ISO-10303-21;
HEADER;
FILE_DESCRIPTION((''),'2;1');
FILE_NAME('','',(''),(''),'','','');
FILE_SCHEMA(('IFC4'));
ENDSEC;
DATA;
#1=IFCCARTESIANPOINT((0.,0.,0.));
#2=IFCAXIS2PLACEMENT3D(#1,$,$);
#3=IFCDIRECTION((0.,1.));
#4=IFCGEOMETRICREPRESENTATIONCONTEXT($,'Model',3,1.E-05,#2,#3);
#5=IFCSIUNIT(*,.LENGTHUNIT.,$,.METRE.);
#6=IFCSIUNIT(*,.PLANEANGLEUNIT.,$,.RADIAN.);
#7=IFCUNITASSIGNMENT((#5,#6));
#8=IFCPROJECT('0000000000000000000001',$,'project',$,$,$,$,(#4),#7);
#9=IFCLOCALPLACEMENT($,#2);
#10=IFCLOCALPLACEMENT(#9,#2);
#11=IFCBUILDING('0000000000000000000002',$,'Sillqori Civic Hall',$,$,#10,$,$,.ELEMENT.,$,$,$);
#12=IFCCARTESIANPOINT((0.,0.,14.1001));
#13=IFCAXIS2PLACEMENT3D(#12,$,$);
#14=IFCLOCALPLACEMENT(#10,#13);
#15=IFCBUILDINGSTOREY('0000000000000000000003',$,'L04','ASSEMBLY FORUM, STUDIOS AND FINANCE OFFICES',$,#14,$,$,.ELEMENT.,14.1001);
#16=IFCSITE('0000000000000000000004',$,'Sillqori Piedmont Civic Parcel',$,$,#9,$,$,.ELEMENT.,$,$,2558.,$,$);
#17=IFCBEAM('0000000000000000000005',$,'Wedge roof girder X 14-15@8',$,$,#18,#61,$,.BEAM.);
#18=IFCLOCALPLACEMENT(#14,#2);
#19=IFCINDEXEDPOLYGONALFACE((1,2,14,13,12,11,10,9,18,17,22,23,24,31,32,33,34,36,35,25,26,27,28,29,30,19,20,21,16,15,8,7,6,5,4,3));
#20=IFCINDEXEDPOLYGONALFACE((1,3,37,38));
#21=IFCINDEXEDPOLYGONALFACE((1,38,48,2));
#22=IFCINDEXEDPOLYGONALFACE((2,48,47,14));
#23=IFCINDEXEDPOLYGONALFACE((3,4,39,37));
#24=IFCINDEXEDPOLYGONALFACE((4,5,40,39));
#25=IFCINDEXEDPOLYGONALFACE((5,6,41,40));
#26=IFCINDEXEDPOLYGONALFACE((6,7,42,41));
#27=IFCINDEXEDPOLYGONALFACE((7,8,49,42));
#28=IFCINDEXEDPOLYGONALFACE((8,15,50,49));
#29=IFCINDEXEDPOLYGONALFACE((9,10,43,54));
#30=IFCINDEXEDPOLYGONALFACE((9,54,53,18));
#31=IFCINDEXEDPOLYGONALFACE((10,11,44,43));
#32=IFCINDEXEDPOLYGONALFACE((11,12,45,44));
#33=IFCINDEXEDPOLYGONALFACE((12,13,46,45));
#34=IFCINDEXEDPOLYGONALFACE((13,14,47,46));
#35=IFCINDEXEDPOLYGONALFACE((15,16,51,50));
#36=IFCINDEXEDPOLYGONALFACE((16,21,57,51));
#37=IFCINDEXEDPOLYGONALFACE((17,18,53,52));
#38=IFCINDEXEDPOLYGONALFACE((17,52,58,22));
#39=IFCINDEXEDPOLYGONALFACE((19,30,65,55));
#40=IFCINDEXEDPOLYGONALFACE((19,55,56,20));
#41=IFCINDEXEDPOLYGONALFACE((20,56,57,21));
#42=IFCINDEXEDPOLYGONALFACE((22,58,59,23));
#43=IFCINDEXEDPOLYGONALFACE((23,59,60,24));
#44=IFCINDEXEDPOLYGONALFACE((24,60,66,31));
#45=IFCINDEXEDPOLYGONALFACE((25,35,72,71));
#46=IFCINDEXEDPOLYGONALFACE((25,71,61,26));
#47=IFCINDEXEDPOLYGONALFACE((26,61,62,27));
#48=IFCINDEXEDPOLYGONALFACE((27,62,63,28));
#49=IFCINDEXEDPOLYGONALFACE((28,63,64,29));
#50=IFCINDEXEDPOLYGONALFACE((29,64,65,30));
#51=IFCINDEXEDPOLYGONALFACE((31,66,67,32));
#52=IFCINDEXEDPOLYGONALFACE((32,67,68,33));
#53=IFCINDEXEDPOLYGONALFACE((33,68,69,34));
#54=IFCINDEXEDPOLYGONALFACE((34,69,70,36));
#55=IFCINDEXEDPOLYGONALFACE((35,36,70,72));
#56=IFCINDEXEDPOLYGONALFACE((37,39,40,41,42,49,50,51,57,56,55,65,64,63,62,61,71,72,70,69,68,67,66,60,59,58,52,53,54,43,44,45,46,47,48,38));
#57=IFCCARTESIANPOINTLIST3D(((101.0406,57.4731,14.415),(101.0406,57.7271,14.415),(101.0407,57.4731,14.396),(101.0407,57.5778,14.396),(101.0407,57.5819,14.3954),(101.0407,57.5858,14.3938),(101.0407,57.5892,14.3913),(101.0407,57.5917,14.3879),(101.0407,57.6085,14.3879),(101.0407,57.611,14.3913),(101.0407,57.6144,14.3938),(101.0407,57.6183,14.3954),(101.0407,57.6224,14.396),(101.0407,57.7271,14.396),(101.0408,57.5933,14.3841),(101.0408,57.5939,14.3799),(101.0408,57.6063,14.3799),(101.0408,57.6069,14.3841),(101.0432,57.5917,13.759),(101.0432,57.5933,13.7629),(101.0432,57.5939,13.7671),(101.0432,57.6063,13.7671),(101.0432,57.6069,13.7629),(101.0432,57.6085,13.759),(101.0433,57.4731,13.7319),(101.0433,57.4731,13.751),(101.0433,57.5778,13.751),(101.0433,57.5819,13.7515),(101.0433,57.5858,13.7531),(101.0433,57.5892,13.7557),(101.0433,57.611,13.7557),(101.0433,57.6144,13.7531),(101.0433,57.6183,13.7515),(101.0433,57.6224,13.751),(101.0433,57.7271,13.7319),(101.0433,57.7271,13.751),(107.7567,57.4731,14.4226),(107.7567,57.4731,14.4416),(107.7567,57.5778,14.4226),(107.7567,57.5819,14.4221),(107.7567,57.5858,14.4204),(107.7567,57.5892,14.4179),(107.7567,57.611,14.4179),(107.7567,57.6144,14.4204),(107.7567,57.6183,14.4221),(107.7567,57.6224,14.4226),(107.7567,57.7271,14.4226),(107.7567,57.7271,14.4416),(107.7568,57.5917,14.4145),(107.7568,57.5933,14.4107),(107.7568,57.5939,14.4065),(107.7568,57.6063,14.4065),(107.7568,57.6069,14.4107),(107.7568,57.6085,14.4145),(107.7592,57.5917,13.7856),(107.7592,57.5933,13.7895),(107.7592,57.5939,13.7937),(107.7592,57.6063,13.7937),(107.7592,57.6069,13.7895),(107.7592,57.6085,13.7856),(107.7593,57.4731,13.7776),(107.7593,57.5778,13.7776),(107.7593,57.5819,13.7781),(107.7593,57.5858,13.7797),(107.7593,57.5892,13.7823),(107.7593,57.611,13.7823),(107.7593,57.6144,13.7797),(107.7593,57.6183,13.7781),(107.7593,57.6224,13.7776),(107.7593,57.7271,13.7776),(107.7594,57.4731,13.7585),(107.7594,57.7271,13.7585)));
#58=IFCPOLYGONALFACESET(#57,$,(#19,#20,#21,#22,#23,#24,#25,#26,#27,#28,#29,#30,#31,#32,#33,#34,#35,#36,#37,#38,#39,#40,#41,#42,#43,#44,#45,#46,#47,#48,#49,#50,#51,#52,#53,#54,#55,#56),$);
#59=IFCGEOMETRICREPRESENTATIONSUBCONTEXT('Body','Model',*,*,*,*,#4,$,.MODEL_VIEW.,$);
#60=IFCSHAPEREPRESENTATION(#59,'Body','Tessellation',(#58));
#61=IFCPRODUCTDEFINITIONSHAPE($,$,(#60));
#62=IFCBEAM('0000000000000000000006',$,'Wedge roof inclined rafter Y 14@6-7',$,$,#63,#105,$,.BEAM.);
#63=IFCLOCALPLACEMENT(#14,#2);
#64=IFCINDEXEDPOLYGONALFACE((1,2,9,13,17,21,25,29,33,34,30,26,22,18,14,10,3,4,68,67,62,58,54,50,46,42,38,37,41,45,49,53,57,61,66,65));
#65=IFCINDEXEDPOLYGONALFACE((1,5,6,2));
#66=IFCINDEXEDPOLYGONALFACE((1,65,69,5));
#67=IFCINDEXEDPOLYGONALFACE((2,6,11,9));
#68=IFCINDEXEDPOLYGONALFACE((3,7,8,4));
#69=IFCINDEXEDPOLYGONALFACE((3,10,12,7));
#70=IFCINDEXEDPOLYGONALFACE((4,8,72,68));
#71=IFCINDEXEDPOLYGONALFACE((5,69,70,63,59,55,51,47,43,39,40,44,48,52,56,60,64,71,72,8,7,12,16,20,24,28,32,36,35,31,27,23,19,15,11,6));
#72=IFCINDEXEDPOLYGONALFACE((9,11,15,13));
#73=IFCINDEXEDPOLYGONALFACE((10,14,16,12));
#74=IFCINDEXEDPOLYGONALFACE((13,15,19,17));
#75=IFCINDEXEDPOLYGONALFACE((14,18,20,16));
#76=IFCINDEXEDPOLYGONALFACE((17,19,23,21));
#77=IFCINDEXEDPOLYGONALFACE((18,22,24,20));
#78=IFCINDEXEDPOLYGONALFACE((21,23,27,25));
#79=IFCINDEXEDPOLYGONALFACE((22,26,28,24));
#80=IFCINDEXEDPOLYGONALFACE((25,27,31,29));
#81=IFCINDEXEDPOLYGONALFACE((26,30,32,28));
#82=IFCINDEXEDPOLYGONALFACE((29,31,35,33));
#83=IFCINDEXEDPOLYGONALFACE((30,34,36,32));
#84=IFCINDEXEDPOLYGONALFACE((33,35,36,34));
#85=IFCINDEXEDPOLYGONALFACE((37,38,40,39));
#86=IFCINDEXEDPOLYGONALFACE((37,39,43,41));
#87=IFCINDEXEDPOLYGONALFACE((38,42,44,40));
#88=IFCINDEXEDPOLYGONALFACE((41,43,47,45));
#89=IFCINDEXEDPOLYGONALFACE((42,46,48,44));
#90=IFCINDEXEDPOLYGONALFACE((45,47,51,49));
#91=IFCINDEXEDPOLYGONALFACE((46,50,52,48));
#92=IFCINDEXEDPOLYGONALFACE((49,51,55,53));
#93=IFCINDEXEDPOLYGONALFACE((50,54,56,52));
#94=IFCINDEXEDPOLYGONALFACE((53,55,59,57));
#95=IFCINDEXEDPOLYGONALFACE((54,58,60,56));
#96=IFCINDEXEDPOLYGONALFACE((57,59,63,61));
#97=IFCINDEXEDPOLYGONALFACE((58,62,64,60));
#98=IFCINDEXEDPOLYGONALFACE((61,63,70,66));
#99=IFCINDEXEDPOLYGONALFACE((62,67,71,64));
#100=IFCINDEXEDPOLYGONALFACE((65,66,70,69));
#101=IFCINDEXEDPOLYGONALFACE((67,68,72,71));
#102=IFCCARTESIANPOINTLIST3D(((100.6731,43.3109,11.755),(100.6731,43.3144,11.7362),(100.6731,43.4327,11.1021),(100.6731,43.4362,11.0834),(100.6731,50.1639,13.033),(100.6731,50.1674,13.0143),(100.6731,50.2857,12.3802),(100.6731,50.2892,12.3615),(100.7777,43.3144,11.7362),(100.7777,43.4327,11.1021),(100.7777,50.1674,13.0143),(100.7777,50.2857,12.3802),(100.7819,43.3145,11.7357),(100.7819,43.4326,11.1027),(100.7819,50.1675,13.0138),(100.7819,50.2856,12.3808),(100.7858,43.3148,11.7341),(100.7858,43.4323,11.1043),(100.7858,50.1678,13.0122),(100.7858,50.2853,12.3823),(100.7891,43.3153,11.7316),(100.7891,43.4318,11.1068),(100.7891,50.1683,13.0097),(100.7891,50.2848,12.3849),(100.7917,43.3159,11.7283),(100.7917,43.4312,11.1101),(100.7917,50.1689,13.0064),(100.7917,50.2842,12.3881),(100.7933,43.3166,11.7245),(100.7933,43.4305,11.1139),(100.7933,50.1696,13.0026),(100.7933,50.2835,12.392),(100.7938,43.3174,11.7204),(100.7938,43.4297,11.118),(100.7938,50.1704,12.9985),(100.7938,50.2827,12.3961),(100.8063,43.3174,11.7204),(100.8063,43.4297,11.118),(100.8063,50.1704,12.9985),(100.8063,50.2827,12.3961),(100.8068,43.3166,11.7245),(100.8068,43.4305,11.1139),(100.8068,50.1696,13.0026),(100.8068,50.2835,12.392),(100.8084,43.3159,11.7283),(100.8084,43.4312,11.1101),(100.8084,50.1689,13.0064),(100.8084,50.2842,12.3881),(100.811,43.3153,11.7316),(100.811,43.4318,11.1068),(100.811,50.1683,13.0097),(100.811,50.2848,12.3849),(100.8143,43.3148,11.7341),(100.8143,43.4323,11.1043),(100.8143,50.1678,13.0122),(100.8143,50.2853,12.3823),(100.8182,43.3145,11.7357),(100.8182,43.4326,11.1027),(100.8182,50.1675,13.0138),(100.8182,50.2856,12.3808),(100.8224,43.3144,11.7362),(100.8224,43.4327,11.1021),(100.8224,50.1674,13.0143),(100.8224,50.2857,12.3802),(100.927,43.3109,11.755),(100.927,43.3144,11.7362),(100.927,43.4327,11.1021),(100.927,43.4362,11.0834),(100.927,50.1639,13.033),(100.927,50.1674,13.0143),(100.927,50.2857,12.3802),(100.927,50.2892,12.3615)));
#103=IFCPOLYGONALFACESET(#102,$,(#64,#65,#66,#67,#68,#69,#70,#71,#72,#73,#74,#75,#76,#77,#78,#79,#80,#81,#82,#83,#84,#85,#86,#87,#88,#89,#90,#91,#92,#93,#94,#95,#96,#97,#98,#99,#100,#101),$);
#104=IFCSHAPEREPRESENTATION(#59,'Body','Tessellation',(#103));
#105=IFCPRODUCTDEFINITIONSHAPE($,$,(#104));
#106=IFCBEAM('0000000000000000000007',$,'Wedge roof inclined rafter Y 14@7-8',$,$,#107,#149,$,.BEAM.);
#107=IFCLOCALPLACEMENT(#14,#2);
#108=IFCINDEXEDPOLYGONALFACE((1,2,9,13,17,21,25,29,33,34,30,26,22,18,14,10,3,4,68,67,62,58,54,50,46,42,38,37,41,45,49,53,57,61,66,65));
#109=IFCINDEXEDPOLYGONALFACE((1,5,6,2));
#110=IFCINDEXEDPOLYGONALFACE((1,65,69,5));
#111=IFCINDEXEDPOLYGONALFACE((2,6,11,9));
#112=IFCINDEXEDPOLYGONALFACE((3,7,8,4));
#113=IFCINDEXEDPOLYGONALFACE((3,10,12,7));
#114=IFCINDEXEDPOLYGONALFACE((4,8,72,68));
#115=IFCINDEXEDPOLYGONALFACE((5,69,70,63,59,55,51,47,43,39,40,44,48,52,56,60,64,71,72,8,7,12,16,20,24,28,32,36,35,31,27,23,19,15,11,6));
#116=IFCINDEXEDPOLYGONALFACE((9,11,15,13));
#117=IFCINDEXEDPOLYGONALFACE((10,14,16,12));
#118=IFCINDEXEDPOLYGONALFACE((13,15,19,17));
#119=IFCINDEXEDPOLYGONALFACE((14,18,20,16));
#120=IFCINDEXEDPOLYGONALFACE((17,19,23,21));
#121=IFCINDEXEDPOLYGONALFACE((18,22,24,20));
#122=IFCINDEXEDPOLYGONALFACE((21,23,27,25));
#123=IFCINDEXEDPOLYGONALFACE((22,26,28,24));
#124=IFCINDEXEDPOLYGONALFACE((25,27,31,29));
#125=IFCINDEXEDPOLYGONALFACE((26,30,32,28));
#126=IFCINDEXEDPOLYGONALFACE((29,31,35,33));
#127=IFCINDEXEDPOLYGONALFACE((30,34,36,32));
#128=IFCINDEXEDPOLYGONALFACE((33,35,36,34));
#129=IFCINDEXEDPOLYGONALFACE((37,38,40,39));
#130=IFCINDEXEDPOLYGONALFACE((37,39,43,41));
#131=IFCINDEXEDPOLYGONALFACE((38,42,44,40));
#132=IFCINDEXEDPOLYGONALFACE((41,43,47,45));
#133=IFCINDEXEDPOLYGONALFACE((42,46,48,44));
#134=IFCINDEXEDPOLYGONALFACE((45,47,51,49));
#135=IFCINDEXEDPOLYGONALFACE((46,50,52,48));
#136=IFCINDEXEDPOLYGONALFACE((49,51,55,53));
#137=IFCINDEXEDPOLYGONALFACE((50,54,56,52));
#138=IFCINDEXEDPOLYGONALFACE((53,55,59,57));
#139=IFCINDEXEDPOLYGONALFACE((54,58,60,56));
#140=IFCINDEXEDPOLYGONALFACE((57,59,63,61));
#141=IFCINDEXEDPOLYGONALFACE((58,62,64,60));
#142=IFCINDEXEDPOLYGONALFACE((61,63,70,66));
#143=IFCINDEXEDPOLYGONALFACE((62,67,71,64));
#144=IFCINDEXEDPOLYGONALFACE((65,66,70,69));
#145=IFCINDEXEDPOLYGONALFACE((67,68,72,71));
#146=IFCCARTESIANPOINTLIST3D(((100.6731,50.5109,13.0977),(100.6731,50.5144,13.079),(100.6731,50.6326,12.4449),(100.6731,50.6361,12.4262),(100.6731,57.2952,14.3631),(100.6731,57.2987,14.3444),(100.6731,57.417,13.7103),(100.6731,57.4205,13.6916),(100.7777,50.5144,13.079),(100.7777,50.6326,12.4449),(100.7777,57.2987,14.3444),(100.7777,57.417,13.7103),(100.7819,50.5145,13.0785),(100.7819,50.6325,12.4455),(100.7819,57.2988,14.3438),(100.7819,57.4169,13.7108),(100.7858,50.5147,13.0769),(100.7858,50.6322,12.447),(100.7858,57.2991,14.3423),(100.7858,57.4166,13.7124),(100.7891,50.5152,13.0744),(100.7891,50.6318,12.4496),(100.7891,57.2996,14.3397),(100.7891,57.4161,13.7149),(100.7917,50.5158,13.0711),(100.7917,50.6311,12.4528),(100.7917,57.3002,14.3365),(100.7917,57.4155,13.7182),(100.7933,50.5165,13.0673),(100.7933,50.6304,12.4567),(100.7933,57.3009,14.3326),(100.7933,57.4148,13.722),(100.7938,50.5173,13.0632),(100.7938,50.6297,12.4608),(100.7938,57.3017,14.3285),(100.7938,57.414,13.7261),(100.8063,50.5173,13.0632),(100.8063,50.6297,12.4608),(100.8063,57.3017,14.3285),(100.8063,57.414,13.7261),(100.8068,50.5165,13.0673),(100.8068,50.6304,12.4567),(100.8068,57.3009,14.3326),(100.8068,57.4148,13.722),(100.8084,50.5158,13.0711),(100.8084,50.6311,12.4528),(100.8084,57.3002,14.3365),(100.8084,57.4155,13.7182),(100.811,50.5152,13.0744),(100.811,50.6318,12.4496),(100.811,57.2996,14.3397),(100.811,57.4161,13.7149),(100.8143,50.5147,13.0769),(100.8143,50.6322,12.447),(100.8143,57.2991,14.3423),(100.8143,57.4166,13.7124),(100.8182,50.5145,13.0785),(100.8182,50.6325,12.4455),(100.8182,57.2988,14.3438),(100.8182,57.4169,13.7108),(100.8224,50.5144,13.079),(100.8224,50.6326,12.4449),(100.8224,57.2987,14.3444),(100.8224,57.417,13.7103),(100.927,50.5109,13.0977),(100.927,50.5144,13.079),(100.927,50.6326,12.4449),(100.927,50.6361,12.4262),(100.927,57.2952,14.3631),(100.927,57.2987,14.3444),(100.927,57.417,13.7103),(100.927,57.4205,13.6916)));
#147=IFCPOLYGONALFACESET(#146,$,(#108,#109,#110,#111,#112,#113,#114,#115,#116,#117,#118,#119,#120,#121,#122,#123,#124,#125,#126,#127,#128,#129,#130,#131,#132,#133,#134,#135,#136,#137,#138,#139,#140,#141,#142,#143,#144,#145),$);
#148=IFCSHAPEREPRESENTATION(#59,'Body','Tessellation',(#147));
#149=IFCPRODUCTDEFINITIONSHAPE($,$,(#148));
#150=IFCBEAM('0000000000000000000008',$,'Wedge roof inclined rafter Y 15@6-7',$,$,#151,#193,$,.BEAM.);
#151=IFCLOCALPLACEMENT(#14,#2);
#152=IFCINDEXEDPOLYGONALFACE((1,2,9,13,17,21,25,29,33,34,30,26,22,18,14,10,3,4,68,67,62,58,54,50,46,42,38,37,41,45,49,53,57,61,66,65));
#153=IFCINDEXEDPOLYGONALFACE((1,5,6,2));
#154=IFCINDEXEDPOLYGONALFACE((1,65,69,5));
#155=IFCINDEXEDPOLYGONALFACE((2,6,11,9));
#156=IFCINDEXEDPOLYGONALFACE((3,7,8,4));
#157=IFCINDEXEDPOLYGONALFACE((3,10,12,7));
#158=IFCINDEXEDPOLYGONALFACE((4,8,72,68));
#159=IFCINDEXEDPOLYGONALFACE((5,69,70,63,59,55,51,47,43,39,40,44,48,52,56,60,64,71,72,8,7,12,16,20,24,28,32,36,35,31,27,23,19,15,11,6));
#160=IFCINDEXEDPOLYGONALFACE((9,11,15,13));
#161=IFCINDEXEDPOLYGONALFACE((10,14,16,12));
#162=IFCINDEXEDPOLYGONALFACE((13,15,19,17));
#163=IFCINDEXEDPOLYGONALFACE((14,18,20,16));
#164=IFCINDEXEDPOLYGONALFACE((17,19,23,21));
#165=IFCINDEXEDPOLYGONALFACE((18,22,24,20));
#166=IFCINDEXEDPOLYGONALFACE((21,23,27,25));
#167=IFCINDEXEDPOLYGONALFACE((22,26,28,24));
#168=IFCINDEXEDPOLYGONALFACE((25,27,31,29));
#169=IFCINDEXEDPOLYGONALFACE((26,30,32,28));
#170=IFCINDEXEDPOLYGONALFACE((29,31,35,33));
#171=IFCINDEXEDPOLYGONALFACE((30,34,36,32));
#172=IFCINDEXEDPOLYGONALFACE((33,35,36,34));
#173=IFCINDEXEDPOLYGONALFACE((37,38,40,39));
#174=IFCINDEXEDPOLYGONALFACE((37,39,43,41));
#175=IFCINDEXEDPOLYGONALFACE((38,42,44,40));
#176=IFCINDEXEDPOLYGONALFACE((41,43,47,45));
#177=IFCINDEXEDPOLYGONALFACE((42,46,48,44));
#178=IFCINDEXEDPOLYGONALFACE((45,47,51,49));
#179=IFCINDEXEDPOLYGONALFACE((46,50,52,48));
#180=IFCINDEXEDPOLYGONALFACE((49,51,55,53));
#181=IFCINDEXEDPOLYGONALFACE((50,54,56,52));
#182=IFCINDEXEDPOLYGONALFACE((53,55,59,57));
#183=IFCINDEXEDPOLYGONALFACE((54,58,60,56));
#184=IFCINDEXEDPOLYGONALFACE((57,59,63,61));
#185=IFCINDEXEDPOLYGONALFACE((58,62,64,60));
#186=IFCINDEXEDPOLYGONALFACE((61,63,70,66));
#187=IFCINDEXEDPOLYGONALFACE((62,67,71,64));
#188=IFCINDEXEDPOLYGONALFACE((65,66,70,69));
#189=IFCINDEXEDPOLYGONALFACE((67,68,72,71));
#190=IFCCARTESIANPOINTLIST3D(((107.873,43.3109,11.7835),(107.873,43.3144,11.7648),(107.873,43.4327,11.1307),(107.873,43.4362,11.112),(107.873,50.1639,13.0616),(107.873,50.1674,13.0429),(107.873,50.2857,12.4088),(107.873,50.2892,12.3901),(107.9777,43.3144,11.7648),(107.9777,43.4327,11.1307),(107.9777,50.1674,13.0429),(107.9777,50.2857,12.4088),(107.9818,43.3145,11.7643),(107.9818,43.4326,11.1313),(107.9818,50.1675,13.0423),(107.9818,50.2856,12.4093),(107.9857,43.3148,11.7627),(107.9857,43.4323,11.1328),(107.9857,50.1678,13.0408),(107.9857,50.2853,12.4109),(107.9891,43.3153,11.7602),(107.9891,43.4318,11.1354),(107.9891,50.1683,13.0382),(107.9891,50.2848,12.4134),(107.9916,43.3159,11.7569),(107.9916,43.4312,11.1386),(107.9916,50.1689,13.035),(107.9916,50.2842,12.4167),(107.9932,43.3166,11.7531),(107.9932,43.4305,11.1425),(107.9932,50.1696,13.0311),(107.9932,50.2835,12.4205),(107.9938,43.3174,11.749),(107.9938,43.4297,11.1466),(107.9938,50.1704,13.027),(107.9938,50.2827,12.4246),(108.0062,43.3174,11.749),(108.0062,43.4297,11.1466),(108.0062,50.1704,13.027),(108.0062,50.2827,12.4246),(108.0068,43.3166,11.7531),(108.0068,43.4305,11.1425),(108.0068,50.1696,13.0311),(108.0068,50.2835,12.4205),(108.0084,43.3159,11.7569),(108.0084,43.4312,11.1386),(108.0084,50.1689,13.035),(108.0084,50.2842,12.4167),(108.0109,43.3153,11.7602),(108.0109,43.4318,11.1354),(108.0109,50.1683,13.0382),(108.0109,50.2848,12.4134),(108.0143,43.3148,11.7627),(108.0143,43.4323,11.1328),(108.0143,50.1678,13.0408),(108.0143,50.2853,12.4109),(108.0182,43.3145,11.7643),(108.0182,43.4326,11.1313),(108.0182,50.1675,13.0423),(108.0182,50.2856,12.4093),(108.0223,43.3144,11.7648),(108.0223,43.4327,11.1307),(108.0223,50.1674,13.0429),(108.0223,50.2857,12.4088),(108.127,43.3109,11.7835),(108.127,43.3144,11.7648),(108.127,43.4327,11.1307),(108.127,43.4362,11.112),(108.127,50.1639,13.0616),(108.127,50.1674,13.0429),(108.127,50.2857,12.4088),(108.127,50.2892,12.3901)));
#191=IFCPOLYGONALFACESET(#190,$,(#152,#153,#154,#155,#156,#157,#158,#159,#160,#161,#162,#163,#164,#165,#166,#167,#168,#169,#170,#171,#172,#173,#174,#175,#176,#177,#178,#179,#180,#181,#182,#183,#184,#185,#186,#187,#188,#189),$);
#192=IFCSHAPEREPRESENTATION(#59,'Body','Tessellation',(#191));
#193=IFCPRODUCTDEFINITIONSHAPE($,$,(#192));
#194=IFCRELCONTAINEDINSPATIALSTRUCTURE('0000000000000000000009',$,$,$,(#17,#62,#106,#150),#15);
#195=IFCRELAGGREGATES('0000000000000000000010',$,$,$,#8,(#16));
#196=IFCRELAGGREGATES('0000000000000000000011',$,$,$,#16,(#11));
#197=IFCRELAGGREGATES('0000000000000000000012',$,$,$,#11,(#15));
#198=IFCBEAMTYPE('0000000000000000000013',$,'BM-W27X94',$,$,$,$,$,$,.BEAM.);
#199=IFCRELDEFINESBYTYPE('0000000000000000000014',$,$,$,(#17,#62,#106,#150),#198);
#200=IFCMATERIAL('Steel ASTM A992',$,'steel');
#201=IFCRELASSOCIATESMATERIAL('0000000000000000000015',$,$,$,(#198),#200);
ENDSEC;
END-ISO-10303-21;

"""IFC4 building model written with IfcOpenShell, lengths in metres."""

from ifc_helpers import new_model, si_unit, direction, frame, origin, origin_2d, place, context, subcontext, project, spatial, i_section, extrude, material, material_profile, profile_set, type_object, element, save


model = new_model("IFC4")

# Units and contexts
model_context = context("Model", 3, precision=1e-05, world=origin(), true_north=direction((0.0, 1.0)))
body_context = subcontext(model_context, "Body", "Model", "MODEL_VIEW")
ifc_project = project(units=[si_unit("LENGTHUNIT", "METRE"), si_unit("PLANEANGLEUNIT", "RADIAN")], contexts=[model_context])

# Site, building, storey
site_placement = place(None, origin())
site = spatial("IfcSite", under=ifc_project, at=site_placement, Name="Sillqori Piedmont Civic Parcel", CompositionType="ELEMENT", RefElevation=2558.0)
building_placement = place(site_placement, origin())
building = spatial("IfcBuilding", under=site, at=building_placement, Name="Sillqori Civic Hall", CompositionType="ELEMENT")
storey_placement = place(building_placement, frame((0.0, 0.0, 14.1001)))
storey = spatial("IfcBuildingStorey", under=building, at=storey_placement, Name="L04", Description="ASSEMBLY FORUM, STUDIOS AND FINANCE OFFICES", CompositionType="ELEMENT", Elevation=14.1001)

# Shared definitions
ifc_material_1 = material(Name="Steel ASTM A992", Category="steel")

# Beams
ifc_material_profile_1 = material_profile(ifc_material_1, i_section(OverallWidth=0.2539, OverallDepth=0.6831, WebThickness=0.0125, FlangeThickness=0.019, FilletRadius=0.0161, at=origin_2d()), Name="W27X94")
ifc_profile_set_1 = profile_set([ifc_material_profile_1], Name="Steel ASTM A992")
beam_type_1 = type_object("IfcBeamType", Name="BM-W27X94", PredefinedType="BEAM", material=ifc_profile_set_1)
for number, where, z_axis, x_axis, name in (
    (1, (101.042, 57.6001, 14.0735), (0.999992, 0.0, 0.003962), (0.0, 1.0, 0.0), "Wedge roof girder X 14-15@8"),
):
    element("IfcBeam", number, at=place(storey_placement, frame(where, z_axis=z_axis, x_axis=x_axis)), inside=storey, type_object=beam_type_1, Name=name, PredefinedType="BEAM", context=body_context, shape_type="SweptSolid", body=[
        extrude(i_section(OverallWidth=0.2539, OverallDepth=0.6831, WebThickness=0.0125, FlangeThickness=0.019, FilletRadius=0.0161, at=origin_2d()), origin(), (0.0, 0.0, 1.0), 6.7161),
    ])
beam_1_placement = place(storey_placement, frame((100.8, 43.3735, 11.4192), z_axis=(0.0, 0.98305, 0.183337), x_axis=(-1.0, 0.0, 0.0)))
element("IfcBeam", 2, at=beam_1_placement, inside=storey, type_object=beam_type_1, Name="Wedge roof inclined rafter Y 14@6-7", PredefinedType="BEAM", context=body_context, shape_type="SweptSolid", body=[
    extrude(i_section(OverallWidth=0.2539, OverallDepth=0.6831, WebThickness=0.0125, FlangeThickness=0.019, FilletRadius=0.0161, at=origin_2d()), origin(), (0.0, 0.0, 1.0), 6.9712),
])
beam_2_placement = place(storey_placement, frame((100.8, 50.5735, 12.762), z_axis=(0.0, 0.983048, 0.183351), x_axis=(-1.0, 0.0, 0.0)))
element("IfcBeam", 3, at=beam_2_placement, inside=storey, type_object=beam_type_1, Name="Wedge roof inclined rafter Y 14@7-8", PredefinedType="BEAM", context=body_context, shape_type="SweptSolid", body=[
    extrude(i_section(OverallWidth=0.2539, OverallDepth=0.6831, WebThickness=0.0125, FlangeThickness=0.019, FilletRadius=0.0161, at=origin_2d()), origin(), (0.0, 0.0, 1.0), 6.9014),
])
beam_3_placement = place(storey_placement, frame((108.0, 43.3735, 11.4478), z_axis=(0.0, 0.98305, 0.183337), x_axis=(-1.0, 0.0, 0.0)))
element("IfcBeam", 4, at=beam_3_placement, inside=storey, type_object=beam_type_1, Name="Wedge roof inclined rafter Y 15@6-7", PredefinedType="BEAM", context=body_context, shape_type="SweptSolid", body=[
    extrude(i_section(OverallWidth=0.2539, OverallDepth=0.6831, WebThickness=0.0125, FlangeThickness=0.019, FilletRadius=0.0161, at=origin_2d()), origin(), (0.0, 0.0, 1.0), 6.9712),
])

save(model, "model.ifc")
